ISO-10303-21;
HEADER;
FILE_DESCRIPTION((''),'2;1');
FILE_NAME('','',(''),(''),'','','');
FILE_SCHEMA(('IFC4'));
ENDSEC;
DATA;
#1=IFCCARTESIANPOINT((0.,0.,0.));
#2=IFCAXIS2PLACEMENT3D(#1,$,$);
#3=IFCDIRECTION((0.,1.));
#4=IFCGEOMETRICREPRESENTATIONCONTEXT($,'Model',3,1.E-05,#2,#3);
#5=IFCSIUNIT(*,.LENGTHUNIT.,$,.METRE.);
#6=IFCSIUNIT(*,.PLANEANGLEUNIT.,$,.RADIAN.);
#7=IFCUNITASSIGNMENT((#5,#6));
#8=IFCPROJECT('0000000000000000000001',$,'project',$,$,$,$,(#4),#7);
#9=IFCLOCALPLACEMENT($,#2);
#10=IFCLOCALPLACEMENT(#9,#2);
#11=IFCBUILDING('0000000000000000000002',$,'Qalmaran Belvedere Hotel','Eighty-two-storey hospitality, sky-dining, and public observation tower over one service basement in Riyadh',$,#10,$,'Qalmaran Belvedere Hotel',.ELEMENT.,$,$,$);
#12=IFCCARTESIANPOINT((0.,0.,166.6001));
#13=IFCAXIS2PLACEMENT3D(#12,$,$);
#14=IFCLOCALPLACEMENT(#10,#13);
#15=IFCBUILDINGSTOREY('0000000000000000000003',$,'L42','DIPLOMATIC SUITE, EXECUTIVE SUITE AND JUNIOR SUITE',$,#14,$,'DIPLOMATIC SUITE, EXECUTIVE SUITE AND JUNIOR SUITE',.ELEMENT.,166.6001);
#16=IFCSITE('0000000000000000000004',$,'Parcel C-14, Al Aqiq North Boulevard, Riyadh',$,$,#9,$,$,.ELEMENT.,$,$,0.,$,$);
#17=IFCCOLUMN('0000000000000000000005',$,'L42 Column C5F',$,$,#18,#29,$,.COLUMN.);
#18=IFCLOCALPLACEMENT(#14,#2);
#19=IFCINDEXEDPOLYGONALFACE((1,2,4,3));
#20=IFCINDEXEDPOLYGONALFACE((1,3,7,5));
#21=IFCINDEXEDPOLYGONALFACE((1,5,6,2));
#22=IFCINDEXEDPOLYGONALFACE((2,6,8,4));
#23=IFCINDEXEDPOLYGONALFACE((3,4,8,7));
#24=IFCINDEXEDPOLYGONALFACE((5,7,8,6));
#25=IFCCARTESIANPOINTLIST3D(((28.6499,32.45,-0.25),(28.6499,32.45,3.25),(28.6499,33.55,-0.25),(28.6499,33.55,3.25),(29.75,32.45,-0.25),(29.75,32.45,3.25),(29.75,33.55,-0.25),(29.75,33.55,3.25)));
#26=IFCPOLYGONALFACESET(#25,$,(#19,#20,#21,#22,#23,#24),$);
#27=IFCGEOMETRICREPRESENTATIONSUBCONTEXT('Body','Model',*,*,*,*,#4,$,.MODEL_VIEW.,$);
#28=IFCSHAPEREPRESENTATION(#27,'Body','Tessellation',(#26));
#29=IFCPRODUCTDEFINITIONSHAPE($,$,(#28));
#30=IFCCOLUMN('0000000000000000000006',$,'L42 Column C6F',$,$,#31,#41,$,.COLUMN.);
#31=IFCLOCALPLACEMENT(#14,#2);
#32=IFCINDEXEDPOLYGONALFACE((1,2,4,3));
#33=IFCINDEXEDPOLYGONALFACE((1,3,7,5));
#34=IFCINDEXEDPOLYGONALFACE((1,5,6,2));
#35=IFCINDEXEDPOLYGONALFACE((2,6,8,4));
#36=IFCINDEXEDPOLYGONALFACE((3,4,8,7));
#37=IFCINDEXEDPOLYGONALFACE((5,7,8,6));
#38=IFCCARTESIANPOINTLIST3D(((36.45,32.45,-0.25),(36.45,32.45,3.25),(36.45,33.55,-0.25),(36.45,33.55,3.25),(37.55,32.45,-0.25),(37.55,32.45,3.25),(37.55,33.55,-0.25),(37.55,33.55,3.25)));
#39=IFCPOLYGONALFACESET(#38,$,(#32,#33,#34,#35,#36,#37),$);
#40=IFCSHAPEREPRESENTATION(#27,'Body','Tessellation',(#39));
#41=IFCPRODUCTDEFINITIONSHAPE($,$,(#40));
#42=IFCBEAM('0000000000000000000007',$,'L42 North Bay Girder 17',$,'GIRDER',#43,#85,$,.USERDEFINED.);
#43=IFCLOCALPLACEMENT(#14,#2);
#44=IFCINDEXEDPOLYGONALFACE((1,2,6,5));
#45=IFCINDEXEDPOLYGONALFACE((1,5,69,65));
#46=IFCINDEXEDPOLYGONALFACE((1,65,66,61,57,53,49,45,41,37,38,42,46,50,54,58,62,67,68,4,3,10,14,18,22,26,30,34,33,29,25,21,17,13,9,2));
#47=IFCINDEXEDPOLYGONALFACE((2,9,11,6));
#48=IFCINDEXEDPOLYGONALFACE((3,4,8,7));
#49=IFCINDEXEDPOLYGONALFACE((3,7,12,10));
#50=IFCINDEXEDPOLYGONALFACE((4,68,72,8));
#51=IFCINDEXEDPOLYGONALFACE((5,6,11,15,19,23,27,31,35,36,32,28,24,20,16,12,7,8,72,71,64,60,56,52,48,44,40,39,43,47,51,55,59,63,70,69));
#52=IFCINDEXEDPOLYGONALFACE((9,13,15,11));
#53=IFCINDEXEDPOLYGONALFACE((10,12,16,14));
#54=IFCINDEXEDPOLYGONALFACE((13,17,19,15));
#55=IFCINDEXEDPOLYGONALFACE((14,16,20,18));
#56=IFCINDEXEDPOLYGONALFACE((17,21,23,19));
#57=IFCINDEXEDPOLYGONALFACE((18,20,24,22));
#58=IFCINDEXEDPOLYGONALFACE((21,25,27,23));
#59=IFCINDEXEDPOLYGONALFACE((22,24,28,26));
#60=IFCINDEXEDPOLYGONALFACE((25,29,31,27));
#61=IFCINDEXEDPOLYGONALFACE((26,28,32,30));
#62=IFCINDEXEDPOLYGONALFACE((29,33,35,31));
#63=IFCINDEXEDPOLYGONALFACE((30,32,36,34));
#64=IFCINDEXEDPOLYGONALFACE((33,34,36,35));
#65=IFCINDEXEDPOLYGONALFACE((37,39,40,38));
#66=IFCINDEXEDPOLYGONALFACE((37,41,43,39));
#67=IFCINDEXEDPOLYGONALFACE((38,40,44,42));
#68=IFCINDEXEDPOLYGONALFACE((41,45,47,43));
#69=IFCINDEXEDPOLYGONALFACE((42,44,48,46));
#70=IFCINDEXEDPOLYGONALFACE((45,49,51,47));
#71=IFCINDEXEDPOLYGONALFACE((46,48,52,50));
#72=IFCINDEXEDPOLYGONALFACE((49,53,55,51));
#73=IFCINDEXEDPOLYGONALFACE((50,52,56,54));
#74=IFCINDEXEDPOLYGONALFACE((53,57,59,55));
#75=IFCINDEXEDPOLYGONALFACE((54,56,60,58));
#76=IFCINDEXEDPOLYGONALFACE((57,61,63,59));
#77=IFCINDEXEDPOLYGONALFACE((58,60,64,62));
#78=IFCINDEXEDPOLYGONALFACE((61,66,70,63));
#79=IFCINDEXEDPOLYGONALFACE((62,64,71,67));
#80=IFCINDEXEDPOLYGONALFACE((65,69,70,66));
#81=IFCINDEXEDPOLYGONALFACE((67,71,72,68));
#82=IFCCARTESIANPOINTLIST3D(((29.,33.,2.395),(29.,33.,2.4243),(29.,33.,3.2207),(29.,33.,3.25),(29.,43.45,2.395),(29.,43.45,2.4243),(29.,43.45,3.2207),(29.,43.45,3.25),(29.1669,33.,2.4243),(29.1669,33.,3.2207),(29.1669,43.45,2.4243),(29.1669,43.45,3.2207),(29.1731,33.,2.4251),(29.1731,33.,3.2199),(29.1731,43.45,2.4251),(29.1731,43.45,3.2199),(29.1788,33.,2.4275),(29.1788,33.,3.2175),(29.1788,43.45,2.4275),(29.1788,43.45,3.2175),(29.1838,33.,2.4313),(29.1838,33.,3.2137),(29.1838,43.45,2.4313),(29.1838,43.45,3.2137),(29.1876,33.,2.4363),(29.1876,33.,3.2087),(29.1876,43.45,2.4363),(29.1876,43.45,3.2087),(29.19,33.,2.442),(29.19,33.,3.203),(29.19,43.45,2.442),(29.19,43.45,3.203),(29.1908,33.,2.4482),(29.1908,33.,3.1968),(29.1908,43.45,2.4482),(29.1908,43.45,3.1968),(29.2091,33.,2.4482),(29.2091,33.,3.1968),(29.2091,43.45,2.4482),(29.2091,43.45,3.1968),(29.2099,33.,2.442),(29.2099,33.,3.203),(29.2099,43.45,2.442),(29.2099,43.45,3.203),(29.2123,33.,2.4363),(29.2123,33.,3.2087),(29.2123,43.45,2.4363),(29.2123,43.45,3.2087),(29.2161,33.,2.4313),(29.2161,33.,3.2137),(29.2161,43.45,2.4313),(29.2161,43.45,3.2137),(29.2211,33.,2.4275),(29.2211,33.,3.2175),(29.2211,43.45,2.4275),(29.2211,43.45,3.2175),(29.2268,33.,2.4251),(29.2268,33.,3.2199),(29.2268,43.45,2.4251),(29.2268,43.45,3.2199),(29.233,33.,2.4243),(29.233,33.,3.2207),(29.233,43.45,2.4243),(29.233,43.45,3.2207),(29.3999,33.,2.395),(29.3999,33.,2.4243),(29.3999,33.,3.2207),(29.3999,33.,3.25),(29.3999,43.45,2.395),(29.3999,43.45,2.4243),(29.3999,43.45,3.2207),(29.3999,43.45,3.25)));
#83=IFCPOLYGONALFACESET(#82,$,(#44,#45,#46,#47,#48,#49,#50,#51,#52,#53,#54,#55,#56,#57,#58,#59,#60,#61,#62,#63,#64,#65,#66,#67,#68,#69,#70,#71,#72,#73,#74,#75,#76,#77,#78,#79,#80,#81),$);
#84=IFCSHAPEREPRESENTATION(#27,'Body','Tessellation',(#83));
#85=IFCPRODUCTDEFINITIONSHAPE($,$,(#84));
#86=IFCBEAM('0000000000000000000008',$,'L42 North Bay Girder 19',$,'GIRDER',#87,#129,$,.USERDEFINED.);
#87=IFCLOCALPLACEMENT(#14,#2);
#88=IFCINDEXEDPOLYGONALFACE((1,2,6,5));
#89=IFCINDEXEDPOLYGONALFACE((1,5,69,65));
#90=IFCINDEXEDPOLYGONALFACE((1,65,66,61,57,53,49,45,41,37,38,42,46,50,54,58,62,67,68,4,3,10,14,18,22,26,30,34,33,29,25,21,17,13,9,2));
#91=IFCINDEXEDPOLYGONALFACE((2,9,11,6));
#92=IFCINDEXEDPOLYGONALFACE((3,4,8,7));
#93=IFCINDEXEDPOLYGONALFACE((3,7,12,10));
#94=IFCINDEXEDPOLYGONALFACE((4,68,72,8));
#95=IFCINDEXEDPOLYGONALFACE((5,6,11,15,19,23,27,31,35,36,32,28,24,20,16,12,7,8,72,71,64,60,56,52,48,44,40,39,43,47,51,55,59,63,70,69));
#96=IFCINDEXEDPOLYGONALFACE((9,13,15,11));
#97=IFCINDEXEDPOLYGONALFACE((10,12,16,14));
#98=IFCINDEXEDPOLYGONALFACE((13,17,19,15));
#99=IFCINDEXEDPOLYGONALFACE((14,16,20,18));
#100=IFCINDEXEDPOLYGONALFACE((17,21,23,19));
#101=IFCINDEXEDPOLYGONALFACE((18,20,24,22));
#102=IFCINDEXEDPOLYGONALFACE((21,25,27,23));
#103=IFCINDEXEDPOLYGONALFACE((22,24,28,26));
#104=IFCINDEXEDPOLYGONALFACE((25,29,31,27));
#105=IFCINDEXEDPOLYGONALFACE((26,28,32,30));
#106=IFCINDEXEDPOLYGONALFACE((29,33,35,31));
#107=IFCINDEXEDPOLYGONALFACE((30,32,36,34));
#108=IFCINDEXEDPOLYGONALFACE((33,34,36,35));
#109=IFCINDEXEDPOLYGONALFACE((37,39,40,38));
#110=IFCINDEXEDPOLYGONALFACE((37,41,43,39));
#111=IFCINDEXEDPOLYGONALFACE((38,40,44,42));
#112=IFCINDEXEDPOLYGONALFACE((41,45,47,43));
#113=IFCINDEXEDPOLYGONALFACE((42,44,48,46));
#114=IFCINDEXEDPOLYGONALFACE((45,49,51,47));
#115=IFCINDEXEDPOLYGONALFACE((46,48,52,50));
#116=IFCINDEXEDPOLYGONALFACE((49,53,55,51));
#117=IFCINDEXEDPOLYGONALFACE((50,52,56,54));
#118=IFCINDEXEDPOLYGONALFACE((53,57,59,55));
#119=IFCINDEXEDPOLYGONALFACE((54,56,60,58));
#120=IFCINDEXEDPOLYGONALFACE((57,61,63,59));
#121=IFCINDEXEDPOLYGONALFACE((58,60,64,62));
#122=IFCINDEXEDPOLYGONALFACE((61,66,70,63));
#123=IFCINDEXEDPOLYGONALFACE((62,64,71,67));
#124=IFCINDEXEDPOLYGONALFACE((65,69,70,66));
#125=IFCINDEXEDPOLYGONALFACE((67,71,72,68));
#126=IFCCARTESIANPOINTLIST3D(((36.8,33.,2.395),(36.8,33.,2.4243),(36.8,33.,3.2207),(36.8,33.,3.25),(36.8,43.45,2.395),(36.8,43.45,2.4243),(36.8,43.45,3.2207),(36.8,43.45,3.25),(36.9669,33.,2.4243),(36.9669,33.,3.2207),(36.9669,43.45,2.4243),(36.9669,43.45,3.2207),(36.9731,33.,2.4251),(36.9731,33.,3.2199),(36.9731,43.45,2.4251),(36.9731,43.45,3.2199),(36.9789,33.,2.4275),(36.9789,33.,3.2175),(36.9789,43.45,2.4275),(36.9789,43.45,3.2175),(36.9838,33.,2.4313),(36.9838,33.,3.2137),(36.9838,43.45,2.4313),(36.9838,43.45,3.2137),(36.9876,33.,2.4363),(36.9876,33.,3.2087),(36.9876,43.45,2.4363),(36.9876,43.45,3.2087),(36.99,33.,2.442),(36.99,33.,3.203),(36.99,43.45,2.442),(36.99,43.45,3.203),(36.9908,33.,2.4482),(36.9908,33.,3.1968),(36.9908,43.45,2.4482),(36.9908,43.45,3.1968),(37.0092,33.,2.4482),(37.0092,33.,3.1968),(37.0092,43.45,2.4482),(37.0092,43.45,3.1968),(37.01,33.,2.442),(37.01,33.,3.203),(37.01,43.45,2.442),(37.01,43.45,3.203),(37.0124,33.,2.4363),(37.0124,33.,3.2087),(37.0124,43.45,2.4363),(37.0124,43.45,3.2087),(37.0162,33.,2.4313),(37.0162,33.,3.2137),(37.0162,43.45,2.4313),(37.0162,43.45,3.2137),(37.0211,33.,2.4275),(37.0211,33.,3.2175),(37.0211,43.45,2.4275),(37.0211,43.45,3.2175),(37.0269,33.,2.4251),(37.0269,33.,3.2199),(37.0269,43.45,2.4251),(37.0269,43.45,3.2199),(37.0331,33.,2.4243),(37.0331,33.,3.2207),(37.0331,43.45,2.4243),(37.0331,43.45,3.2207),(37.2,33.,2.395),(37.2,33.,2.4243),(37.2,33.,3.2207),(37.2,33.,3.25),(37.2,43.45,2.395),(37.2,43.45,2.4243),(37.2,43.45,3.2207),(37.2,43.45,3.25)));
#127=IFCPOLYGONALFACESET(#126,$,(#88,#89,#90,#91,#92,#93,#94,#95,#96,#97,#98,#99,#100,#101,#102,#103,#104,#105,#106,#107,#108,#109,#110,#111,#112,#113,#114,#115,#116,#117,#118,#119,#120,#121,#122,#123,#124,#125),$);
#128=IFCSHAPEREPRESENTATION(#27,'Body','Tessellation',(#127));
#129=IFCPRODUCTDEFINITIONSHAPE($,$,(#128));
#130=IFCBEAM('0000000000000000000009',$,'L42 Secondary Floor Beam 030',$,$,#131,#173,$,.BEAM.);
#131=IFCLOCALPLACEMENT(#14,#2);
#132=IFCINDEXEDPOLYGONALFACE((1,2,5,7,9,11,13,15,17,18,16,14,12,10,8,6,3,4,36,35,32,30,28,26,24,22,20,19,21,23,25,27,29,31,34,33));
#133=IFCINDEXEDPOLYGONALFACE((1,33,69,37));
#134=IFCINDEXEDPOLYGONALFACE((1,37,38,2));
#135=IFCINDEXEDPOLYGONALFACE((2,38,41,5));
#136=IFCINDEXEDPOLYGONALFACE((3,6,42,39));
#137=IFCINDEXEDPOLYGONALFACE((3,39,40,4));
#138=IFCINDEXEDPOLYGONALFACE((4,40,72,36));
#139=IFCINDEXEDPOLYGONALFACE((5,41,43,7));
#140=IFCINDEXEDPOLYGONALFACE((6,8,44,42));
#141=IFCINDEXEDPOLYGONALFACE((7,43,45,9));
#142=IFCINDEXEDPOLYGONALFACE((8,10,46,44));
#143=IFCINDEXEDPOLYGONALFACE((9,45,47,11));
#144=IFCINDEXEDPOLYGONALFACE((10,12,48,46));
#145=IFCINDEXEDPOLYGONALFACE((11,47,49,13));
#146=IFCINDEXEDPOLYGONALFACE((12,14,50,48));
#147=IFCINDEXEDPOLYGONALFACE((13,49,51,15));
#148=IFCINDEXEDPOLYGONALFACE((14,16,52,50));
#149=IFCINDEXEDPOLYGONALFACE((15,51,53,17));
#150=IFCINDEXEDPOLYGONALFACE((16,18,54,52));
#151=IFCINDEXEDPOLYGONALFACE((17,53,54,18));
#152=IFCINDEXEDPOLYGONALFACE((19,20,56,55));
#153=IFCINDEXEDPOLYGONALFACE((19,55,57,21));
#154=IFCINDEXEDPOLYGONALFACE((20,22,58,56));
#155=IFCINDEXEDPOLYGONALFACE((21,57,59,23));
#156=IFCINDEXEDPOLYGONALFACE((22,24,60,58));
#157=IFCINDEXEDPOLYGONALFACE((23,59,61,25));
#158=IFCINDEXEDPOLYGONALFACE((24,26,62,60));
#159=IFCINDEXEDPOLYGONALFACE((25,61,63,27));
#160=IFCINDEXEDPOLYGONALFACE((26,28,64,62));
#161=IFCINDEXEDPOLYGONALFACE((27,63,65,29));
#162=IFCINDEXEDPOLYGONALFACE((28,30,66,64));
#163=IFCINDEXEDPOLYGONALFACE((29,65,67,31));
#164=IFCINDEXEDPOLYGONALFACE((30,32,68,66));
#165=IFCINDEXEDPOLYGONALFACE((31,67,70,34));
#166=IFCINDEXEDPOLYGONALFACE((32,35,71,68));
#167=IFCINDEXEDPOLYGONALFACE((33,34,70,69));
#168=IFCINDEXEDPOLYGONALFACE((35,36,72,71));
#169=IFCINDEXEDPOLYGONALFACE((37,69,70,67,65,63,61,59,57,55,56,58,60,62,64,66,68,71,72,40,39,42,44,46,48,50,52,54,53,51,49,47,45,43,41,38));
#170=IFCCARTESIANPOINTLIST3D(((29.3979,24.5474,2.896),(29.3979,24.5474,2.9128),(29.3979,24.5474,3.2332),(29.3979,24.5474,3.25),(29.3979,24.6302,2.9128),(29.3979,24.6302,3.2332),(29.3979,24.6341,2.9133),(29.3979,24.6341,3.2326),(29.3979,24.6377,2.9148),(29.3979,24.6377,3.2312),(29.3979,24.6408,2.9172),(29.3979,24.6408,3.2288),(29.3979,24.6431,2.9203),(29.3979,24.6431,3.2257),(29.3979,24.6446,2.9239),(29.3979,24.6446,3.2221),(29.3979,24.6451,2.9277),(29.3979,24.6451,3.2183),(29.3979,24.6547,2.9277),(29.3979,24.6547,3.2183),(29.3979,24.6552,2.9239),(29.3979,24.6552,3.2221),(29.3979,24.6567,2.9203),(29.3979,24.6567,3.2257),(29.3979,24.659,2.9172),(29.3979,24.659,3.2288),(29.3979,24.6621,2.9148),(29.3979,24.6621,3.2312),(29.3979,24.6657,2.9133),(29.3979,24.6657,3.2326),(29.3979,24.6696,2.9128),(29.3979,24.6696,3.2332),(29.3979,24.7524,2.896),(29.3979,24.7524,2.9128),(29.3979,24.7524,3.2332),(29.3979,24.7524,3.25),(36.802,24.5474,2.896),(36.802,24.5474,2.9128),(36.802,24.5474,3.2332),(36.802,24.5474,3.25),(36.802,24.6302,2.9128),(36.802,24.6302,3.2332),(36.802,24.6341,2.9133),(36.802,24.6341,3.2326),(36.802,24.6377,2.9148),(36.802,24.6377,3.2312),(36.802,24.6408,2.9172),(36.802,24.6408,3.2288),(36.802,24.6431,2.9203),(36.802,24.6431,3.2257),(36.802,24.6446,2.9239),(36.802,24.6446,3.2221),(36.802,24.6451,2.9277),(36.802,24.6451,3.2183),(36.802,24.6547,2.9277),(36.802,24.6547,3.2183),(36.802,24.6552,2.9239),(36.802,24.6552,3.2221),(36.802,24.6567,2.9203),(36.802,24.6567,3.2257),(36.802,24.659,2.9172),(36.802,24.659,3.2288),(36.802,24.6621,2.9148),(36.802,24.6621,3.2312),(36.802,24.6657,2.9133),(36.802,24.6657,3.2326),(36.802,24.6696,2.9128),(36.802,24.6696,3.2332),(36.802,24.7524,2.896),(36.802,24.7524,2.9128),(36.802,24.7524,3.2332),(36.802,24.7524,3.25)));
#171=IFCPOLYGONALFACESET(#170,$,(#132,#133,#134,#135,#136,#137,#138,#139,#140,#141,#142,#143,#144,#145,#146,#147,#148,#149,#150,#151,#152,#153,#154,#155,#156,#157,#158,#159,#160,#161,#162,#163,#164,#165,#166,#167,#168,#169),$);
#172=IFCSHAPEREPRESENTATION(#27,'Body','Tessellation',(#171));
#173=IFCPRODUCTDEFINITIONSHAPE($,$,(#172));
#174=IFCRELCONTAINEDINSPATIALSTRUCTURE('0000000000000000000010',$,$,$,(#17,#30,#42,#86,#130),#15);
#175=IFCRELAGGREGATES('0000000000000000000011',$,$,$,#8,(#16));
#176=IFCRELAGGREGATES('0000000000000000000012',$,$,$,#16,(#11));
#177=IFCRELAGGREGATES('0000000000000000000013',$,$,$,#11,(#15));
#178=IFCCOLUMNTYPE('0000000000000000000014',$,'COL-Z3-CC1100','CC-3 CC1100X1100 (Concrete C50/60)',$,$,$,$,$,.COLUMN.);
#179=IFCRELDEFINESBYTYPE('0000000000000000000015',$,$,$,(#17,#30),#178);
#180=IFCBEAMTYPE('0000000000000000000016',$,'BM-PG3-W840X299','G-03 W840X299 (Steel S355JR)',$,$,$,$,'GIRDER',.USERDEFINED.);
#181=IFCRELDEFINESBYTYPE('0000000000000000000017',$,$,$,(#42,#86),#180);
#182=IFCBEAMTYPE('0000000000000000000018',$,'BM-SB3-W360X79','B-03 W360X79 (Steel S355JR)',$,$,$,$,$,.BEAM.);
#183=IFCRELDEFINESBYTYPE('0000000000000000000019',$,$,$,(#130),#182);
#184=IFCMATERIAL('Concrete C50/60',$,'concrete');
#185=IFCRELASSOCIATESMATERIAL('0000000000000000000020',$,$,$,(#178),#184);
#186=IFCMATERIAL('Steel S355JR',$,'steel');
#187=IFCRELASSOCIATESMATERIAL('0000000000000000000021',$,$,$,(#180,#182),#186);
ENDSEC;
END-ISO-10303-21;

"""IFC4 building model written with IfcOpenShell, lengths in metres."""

from ifc_helpers import new_model, si_unit, direction, frame, origin, origin_2d, place, context, subcontext, project, spatial, rectangle, i_section, extrude, material, material_profile, profile_set, type_object, element, save


model = new_model("IFC4")

# Units and contexts
model_context = context("Model", 3, precision=1e-05, world=origin(), true_north=direction((0.0, 1.0)))
body_context = subcontext(model_context, "Body", "Model", "MODEL_VIEW")
ifc_project = project(units=[si_unit("LENGTHUNIT", "METRE"), si_unit("PLANEANGLEUNIT", "RADIAN")], contexts=[model_context])

# Site, building, storey
site_placement = place(None, origin())
site = spatial("IfcSite", under=ifc_project, at=site_placement, Name="Parcel C-14, Al Aqiq North Boulevard, Riyadh", CompositionType="ELEMENT", RefElevation=0.0)
building_placement = place(site_placement, origin())
building = spatial("IfcBuilding", under=site, at=building_placement, Name="Qalmaran Belvedere Hotel", Description="Eighty-two-storey hospitality, sky-dining, and public observation tower over one service basement in Riyadh", LongName="Qalmaran Belvedere Hotel", CompositionType="ELEMENT")
storey_placement = place(building_placement, frame((0.0, 0.0, 166.6001)))
storey = spatial("IfcBuildingStorey", under=building, at=storey_placement, Name="L42", Description="DIPLOMATIC SUITE, EXECUTIVE SUITE AND JUNIOR SUITE", LongName="DIPLOMATIC SUITE, EXECUTIVE SUITE AND JUNIOR SUITE", CompositionType="ELEMENT", Elevation=166.6001)

# Columns
ifc_material_1 = material(Name="Concrete C50/60", Category="concrete")
ifc_material_profile_1 = material_profile(ifc_material_1, rectangle(XDim=1.1001, YDim=1.1001, at=origin_2d()), Name="CC1100X1100")
ifc_profile_set_1 = profile_set([ifc_material_profile_1], Name="Concrete C50/60")
column_type = type_object("IfcColumnType", Name="COL-Z3-CC1100", Description="CC-3 CC1100X1100 (Concrete C50/60)", PredefinedType="COLUMN", material=ifc_profile_set_1)
for number, where, z_axis, x_axis, name in (
    (1, (29.2, 33.0, -0.25), (0.0, 0.0, 1.0), (1.0, 0.0, 0.0), "L42 Column C5F"),
    (2, (37.0, 33.0, -0.25), (0.0, 0.0, 1.0), (1.0, 0.0, 0.0), "L42 Column C6F"),
):
    element("IfcColumn", number, at=place(storey_placement, frame(where, z_axis=z_axis, x_axis=x_axis)), inside=storey, type_object=column_type, Name=name, PredefinedType="COLUMN", context=body_context, shape_type="SweptSolid", body=[
        extrude(rectangle(XDim=1.1001, YDim=1.1001, at=origin_2d()), origin(), (0.0, 0.0, 1.0), 3.5),
    ])

# Beams
ifc_material_2 = material(Name="Steel S355JR", Category="steel")
ifc_material_profile_2 = material_profile(ifc_material_2, i_section(OverallWidth=0.3999, OverallDepth=0.855, WebThickness=0.0183, FlangeThickness=0.0293, FilletRadius=0.0239, at=origin_2d()), Name="W840X299")
ifc_profile_set_2 = profile_set([ifc_material_profile_2], Name="Steel S355JR")
beam_type_1 = type_object("IfcBeamType", Name="BM-PG3-W840X299", Description="G-03 W840X299 (Steel S355JR)", ElementType="GIRDER", PredefinedType="USERDEFINED", material=ifc_profile_set_2)
for number, where, z_axis, x_axis, name in (
    (3, (29.2, 33.0, 2.8225), (0.0, 1.0, 0.0), (-1.0, 0.0, 0.0), "L42 North Bay Girder 17"),
    (4, (37.0, 33.0, 2.8225), (0.0, 1.0, 0.0), (-1.0, 0.0, 0.0), "L42 North Bay Girder 19"),
):
    element("IfcBeam", number, at=place(storey_placement, frame(where, z_axis=z_axis, x_axis=x_axis)), inside=storey, type_object=beam_type_1, Name=name, ObjectType="GIRDER", PredefinedType="USERDEFINED", context=body_context, shape_type="SweptSolid", body=[
        extrude(i_section(OverallWidth=0.3999, OverallDepth=0.855, WebThickness=0.0183, FlangeThickness=0.0293, FilletRadius=0.0239, at=origin_2d()), origin(), (0.0, 0.0, 1.0), 10.45),
    ])
ifc_material_profile_3 = material_profile(ifc_material_2, i_section(OverallWidth=0.2051, OverallDepth=0.354, WebThickness=0.0095, FlangeThickness=0.0168, FilletRadius=0.0149, at=origin_2d()), Name="W360X79")
ifc_profile_set_3 = profile_set([ifc_material_profile_3], Name="Steel S355JR")
beam_type_2 = type_object("IfcBeamType", Name="BM-SB3-W360X79", Description="B-03 W360X79 (Steel S355JR)", PredefinedType="BEAM", material=ifc_profile_set_3)
for number, where, z_axis, x_axis, name in (
    (5, (29.3979, 24.6499, 3.073), (1.0, 0.0, 0.0), (0.0, 1.0, 0.0), "L42 Secondary Floor Beam 030"),
):
    element("IfcBeam", number, at=place(storey_placement, frame(where, z_axis=z_axis, x_axis=x_axis)), inside=storey, type_object=beam_type_2, Name=name, PredefinedType="BEAM", context=body_context, shape_type="SweptSolid", body=[
        extrude(i_section(OverallWidth=0.2051, OverallDepth=0.354, WebThickness=0.0095, FlangeThickness=0.0168, FilletRadius=0.0149, at=origin_2d()), origin(), (0.0, 0.0, 1.0), 7.4041),
    ])

save(model, "model.ifc")
